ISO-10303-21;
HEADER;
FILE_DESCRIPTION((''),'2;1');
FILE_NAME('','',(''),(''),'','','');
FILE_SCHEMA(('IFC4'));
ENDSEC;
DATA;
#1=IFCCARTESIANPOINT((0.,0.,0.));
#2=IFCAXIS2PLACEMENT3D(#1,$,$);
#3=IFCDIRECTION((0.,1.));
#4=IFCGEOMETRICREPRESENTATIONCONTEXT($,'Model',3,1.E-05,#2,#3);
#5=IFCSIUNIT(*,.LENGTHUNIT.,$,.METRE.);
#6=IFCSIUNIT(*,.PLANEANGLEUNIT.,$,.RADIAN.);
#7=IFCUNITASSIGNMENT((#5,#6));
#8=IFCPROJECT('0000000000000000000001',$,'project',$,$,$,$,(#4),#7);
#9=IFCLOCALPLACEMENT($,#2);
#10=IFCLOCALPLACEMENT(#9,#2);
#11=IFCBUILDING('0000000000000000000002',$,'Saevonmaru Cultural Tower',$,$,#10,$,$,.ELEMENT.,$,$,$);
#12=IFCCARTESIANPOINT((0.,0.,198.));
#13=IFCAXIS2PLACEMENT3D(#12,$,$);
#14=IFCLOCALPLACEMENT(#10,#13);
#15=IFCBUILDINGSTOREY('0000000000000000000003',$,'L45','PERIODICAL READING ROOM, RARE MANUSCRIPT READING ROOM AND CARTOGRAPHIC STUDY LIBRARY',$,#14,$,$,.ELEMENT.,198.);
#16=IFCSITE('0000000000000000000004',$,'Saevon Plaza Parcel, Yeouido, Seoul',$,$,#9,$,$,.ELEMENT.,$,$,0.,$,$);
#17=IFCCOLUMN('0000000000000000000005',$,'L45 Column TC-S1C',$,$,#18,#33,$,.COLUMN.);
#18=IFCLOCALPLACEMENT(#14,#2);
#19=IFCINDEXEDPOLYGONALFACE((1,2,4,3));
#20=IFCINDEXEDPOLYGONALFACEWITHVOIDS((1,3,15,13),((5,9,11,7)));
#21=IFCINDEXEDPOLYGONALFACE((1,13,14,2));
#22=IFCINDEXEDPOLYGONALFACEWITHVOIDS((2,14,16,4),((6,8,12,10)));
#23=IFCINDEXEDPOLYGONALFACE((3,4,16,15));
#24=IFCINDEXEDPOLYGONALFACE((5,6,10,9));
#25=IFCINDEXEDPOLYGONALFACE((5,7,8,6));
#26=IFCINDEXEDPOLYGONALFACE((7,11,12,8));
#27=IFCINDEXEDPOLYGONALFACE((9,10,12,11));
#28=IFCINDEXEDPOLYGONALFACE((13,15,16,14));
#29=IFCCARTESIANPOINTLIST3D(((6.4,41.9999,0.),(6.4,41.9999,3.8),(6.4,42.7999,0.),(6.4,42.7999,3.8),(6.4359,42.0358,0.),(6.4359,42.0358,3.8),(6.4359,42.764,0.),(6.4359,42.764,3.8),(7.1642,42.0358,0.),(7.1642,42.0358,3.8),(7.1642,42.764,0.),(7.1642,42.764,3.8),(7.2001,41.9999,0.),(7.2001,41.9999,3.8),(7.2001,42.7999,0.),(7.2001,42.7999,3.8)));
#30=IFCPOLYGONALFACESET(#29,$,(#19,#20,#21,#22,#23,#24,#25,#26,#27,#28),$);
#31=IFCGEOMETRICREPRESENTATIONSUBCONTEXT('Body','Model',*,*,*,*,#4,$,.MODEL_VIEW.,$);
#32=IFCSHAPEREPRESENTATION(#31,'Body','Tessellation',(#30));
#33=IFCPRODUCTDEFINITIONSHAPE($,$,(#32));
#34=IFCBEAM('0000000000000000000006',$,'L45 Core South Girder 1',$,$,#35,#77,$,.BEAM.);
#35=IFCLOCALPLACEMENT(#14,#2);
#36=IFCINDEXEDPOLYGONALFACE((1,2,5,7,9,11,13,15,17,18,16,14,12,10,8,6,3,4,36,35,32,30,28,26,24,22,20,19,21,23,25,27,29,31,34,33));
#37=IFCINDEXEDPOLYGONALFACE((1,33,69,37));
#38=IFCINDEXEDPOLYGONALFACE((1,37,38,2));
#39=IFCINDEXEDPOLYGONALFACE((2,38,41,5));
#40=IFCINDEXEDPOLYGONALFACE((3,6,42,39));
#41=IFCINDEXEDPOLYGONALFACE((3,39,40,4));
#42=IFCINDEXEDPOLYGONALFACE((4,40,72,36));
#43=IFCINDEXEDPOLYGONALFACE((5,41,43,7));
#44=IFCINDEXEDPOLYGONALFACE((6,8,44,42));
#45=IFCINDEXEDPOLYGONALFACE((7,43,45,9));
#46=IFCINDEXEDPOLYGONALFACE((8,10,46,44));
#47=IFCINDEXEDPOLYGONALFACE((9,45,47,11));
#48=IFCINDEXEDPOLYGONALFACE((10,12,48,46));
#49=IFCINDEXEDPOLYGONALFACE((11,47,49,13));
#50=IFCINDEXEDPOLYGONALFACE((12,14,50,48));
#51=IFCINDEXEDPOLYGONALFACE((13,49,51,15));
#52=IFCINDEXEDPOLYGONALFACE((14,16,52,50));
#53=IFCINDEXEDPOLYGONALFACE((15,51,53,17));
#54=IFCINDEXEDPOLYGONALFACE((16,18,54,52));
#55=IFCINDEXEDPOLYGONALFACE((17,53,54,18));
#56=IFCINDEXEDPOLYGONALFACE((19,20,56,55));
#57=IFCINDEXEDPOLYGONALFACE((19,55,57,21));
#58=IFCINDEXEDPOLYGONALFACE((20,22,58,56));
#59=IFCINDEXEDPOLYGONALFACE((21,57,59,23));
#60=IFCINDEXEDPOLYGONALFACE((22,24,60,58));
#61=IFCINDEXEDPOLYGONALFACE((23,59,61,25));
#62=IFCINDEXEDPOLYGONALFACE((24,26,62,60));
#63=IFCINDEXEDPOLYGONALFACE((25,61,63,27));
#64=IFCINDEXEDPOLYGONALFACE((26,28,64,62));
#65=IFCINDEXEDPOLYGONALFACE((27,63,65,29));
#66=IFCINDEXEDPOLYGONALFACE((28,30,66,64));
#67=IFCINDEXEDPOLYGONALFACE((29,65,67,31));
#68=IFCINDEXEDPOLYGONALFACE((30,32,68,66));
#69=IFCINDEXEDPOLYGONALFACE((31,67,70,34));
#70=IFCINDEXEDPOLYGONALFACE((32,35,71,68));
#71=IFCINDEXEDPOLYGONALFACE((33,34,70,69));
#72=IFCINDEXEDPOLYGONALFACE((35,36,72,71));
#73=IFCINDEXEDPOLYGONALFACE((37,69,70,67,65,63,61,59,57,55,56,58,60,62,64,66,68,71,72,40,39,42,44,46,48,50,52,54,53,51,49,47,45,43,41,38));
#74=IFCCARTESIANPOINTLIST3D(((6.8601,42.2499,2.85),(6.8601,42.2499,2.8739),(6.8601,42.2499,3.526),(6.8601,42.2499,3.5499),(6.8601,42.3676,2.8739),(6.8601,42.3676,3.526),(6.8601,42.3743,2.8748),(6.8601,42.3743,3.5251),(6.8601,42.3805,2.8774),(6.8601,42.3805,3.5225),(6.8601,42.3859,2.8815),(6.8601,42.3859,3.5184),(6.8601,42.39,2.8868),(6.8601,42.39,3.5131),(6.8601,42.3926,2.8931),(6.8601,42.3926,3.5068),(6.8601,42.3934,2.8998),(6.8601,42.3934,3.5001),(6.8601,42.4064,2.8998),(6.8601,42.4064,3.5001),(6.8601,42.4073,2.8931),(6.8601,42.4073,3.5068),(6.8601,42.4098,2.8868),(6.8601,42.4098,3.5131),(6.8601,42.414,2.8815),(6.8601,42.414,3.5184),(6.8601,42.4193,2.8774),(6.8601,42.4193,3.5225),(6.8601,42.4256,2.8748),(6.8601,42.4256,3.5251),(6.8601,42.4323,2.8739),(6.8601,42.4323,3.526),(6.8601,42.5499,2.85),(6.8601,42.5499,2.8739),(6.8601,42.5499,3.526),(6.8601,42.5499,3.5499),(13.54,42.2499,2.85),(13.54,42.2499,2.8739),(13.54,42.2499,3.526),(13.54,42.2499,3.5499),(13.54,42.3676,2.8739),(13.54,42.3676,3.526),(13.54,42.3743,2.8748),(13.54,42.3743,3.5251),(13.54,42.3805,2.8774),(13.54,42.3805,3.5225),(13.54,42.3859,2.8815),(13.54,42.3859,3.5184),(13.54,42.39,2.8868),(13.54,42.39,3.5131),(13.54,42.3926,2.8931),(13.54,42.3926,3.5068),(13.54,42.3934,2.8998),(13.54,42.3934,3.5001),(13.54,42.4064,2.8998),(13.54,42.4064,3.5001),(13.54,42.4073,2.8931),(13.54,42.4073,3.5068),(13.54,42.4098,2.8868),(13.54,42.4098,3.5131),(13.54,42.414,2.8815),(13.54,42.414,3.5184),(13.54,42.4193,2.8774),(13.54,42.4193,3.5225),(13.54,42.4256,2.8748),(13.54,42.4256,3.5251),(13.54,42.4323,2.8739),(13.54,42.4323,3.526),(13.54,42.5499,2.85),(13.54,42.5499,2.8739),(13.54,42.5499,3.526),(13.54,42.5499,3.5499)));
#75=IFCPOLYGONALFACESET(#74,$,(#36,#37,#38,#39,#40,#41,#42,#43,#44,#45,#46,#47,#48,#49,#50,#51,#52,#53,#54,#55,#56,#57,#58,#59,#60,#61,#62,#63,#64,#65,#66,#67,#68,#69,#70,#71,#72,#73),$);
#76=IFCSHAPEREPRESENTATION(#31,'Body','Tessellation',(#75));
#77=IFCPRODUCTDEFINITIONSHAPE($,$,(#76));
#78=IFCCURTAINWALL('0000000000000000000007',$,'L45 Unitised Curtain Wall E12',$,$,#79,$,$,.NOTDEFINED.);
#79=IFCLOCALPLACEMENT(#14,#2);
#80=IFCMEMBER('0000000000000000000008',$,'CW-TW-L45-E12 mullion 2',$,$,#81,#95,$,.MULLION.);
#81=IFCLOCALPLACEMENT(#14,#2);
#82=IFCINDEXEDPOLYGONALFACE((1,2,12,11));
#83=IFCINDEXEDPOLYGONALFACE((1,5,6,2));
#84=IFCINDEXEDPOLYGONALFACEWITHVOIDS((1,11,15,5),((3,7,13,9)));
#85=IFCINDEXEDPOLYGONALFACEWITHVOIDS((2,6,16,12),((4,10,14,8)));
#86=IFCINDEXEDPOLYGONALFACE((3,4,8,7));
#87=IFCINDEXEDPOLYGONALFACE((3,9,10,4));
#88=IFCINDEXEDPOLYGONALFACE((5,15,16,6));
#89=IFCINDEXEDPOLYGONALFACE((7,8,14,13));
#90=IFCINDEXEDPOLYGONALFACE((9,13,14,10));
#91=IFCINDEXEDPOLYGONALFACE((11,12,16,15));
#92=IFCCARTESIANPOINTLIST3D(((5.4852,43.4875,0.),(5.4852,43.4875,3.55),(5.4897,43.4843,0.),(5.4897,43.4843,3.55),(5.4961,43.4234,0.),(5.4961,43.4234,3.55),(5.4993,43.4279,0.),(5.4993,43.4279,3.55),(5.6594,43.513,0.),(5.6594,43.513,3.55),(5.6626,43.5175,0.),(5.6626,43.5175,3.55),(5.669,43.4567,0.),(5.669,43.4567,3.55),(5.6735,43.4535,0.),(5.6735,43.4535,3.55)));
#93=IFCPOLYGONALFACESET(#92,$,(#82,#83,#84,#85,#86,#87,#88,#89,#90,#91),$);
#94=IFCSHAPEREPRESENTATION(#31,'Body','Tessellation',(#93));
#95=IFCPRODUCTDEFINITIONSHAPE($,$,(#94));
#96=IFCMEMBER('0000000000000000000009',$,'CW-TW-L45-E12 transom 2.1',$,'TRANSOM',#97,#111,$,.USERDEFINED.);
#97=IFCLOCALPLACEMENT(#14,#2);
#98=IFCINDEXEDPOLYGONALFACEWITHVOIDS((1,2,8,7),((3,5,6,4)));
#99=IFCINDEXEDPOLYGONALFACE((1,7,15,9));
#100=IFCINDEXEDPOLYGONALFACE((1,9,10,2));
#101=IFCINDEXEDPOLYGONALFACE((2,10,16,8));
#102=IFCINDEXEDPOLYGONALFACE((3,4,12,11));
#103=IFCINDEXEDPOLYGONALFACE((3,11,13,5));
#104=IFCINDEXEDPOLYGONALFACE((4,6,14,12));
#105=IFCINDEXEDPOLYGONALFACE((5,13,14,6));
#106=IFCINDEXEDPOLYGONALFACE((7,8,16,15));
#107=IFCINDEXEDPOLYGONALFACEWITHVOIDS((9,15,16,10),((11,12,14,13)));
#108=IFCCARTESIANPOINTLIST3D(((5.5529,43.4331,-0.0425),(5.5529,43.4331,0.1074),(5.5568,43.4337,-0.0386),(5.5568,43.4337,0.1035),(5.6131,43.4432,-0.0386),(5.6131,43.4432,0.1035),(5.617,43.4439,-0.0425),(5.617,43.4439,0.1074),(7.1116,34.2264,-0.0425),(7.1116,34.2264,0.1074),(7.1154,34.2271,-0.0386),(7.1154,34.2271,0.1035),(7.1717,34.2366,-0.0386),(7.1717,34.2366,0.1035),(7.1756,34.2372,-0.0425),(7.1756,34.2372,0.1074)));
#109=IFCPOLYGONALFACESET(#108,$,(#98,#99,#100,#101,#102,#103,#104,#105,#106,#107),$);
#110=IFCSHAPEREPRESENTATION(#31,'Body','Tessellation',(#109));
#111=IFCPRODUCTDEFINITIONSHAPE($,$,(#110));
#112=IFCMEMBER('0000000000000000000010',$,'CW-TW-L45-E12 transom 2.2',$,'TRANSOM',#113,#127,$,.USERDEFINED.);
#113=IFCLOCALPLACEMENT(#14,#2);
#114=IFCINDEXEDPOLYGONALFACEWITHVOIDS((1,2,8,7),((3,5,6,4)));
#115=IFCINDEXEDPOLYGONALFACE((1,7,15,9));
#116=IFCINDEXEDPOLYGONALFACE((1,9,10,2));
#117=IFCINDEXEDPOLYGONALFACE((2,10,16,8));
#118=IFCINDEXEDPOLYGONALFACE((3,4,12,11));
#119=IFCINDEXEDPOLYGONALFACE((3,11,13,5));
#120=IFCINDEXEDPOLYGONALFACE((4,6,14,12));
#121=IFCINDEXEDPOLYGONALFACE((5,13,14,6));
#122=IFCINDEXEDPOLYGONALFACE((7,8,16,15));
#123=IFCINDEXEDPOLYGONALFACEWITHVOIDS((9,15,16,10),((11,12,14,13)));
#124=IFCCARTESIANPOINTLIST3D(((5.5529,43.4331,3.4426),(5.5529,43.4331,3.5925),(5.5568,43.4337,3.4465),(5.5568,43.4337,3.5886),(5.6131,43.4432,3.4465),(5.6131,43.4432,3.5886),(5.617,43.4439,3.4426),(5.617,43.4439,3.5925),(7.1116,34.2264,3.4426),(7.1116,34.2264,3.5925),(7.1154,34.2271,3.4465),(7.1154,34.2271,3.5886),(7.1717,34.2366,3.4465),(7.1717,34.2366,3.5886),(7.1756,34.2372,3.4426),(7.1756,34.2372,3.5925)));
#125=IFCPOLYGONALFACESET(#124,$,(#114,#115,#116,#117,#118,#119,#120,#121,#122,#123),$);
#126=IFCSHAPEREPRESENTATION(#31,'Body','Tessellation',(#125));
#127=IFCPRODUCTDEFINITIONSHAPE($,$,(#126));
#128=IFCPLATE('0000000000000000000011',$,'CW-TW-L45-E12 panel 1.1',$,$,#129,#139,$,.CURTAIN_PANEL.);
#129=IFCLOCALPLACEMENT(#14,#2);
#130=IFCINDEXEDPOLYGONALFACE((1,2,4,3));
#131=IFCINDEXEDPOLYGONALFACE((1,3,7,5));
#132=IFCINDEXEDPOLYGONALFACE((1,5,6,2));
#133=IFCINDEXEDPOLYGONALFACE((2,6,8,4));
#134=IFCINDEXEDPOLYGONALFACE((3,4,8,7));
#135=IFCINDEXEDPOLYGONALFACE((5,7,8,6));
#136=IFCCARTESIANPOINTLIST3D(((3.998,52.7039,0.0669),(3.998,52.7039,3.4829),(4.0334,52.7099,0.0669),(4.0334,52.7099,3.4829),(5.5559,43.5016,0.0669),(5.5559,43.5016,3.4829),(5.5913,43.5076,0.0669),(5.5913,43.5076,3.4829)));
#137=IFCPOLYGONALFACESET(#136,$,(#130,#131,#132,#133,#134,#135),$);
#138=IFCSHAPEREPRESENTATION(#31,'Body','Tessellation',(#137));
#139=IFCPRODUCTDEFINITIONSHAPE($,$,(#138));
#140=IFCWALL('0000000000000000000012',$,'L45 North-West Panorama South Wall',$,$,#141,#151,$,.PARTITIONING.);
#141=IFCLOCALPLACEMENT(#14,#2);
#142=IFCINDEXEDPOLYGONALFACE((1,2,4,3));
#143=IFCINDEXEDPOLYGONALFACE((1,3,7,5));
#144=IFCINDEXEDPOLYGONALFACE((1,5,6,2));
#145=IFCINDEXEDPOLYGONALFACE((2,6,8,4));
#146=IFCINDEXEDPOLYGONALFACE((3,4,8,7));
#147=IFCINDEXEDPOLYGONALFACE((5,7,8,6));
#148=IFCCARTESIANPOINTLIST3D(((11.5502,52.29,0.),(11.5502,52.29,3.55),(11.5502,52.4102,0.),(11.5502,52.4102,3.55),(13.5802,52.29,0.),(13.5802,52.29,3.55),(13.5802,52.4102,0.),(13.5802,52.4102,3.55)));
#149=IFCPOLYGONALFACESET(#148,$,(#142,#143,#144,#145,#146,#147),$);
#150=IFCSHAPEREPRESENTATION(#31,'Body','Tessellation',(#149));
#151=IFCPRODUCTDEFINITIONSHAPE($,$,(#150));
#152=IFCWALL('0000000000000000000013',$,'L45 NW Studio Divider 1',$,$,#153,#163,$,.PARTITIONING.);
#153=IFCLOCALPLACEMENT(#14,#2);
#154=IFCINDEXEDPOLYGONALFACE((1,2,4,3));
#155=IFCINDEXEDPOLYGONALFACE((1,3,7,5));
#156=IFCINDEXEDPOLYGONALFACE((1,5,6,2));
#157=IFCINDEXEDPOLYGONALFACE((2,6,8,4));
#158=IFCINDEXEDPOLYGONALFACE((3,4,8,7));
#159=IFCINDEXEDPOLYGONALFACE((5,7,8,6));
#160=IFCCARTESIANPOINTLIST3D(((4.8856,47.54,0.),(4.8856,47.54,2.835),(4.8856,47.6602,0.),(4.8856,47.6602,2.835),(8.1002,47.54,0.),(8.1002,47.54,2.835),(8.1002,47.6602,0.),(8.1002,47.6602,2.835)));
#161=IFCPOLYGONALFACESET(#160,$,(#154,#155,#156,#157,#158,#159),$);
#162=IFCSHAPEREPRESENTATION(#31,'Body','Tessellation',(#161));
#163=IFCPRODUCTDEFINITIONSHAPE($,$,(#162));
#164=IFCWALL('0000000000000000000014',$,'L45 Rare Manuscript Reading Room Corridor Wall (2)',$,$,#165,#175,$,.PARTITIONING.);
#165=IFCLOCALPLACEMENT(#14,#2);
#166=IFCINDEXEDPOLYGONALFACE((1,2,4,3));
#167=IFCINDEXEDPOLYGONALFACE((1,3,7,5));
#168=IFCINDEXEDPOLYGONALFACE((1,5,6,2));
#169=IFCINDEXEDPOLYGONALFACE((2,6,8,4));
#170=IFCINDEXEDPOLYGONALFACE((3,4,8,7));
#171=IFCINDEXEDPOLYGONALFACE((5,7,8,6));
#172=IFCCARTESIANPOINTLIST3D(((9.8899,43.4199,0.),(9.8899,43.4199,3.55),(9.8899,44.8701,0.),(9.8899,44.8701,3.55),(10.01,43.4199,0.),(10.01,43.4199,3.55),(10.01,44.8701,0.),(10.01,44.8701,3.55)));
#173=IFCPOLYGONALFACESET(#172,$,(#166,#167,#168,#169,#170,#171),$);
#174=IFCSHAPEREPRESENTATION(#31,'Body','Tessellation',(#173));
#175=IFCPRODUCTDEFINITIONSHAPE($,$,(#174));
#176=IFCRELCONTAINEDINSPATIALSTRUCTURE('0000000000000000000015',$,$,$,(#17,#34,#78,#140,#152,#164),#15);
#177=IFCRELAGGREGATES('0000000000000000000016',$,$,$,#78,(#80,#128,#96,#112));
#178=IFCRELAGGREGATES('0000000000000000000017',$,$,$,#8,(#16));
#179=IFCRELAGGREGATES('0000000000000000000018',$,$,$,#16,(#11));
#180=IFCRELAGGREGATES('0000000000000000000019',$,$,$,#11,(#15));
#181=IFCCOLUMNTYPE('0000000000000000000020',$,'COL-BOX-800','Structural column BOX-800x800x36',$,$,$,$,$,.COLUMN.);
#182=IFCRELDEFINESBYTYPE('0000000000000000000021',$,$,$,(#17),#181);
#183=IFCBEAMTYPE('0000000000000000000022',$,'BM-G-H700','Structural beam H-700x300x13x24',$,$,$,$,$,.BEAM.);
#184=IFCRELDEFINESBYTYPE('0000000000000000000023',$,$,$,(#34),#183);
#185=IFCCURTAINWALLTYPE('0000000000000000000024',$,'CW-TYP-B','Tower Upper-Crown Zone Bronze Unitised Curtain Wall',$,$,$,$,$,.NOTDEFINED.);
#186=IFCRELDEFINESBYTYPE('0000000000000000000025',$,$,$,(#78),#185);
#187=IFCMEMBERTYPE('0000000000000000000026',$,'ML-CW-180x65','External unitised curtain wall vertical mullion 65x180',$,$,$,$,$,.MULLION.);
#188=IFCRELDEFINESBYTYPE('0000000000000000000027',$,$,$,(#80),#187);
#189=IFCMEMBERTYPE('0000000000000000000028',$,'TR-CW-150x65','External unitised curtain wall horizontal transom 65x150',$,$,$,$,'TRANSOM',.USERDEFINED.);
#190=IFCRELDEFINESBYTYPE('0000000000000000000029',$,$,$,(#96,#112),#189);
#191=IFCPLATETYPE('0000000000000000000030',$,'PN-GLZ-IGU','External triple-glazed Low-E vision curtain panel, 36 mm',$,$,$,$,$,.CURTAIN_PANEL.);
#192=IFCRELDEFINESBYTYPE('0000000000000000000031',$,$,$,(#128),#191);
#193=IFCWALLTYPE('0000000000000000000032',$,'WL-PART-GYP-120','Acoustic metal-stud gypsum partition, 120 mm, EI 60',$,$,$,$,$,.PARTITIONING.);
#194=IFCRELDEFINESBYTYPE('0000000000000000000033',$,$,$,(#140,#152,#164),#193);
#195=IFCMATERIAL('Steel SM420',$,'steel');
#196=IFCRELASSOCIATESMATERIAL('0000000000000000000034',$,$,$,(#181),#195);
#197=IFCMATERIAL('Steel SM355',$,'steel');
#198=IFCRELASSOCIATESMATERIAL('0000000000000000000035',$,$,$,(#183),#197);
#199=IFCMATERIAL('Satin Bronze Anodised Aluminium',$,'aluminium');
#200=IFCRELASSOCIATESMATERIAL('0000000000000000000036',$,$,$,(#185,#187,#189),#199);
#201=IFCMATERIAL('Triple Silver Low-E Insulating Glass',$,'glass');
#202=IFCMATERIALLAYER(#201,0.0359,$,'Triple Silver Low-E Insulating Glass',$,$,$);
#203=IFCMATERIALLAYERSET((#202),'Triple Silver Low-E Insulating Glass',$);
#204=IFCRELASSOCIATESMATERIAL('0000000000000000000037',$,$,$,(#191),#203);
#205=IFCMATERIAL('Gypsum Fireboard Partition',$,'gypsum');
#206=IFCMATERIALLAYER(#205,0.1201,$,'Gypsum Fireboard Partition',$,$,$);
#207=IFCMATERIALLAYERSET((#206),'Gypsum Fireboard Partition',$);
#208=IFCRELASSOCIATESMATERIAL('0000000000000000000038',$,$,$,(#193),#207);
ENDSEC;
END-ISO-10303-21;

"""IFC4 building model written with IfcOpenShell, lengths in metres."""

from ifc_helpers import new_model, si_unit, direction, frame, frame_2d, origin, origin_2d, place, context, subcontext, project, spatial, rectangle, hollow_rectangle, i_section, extrude, material, layer, layer_set, material_profile, profile_set, type_object, element, aggregate, save


model = new_model("IFC4")

# Units and contexts
model_context = context("Model", 3, precision=1e-05, world=origin(), true_north=direction((0.0, 1.0)))
body_context = subcontext(model_context, "Body", "Model", "MODEL_VIEW")
ifc_project = project(units=[si_unit("LENGTHUNIT", "METRE"), si_unit("PLANEANGLEUNIT", "RADIAN")], contexts=[model_context])

# Site, building, storey
site_placement = place(None, origin())
site = spatial("IfcSite", under=ifc_project, at=site_placement, Name="Saevon Plaza Parcel, Yeouido, Seoul", CompositionType="ELEMENT", RefElevation=0.0)
building_placement = place(site_placement, origin())
building = spatial("IfcBuilding", under=site, at=building_placement, Name="Saevonmaru Cultural Tower", CompositionType="ELEMENT")
storey_placement = place(building_placement, frame((0.0, 0.0, 198.0)))
storey = spatial("IfcBuildingStorey", under=building, at=storey_placement, Name="L45", Description="PERIODICAL READING ROOM, RARE MANUSCRIPT READING ROOM AND CARTOGRAPHIC STUDY LIBRARY", CompositionType="ELEMENT", Elevation=198.0)

# Column
ifc_material_1 = material(Name="Steel SM420", Category="steel")
ifc_material_profile_1 = material_profile(ifc_material_1, hollow_rectangle(XDim=0.8, YDim=0.8, WallThickness=0.0359, at=origin_2d()), Name="BOX-800x800x36")
ifc_profile_set_1 = profile_set([ifc_material_profile_1], Name="Steel SM420")
column_type = type_object("IfcColumnType", Name="COL-BOX-800", Description="Structural column BOX-800x800x36", PredefinedType="COLUMN", material=ifc_profile_set_1)
column_placement = place(storey_placement, frame((6.8, 42.3999, 0.0), z_axis=(0.0, 0.0, 1.0), x_axis=(1.0, 0.0, 0.0)))
element("IfcColumn", 1, at=column_placement, inside=storey, type_object=column_type, Name="L45 Column TC-S1C", PredefinedType="COLUMN", context=body_context, shape_type="SweptSolid", body=[
    extrude(hollow_rectangle(XDim=0.8, YDim=0.8, WallThickness=0.0359, at=origin_2d()), origin(), (0.0, 0.0, 1.0), 3.8),
])

# Beam
ifc_material_2 = material(Name="Steel SM355", Category="steel")
ifc_material_profile_2 = material_profile(ifc_material_2, i_section(OverallWidth=0.3, OverallDepth=0.7, WebThickness=0.0129, FlangeThickness=0.0239, FilletRadius=0.0259, at=origin_2d()), Name="H-700x300x13x24")
ifc_profile_set_2 = profile_set([ifc_material_profile_2], Name="Steel SM355")
beam_type = type_object("IfcBeamType", Name="BM-G-H700", Description="Structural beam H-700x300x13x24", PredefinedType="BEAM", material=ifc_profile_set_2)
beam_placement = place(storey_placement, frame((6.8601, 42.3999, 3.2), z_axis=(1.0, 0.0, 0.0), x_axis=(0.0, 1.0, 0.0)))
element("IfcBeam", 2, at=beam_placement, inside=storey, type_object=beam_type, Name="L45 Core South Girder 1", PredefinedType="BEAM", context=body_context, shape_type="SweptSolid", body=[
    extrude(i_section(OverallWidth=0.3, OverallDepth=0.7, WebThickness=0.0129, FlangeThickness=0.0239, FilletRadius=0.0259, at=origin_2d()), origin(), (0.0, 0.0, 1.0), 6.6799),
])

# Curtain wall, members, plate
ifc_material_3 = material(Name="Satin Bronze Anodised Aluminium", Category="aluminium")
curtain_wall_type = type_object("IfcCurtainWallType", Name="CW-TYP-B", Description="Tower Upper-Crown Zone Bronze Unitised Curtain Wall", PredefinedType="NOTDEFINED", material=ifc_material_3)
curtain_wall_placement = place(storey_placement, origin())
curtain_wall = element("IfcCurtainWall", 3, at=curtain_wall_placement, inside=storey, type_object=curtain_wall_type, Name="L45 Unitised Curtain Wall E12", PredefinedType="NOTDEFINED")
ifc_material_profile_3 = material_profile(ifc_material_3, hollow_rectangle(XDim=0.0649, YDim=0.1799, WallThickness=0.0039, at=origin_2d()), Name="ALU-MULL-180x65x4")
ifc_profile_set_3 = profile_set([ifc_material_profile_3], Name="Satin Bronze Anodised Aluminium")
member_type_1 = type_object("IfcMemberType", Name="ML-CW-180x65", Description="External unitised curtain wall vertical mullion 65x180", PredefinedType="MULLION", material=ifc_profile_set_3)
member_1_placement = place(storey_placement, frame((5.5793, 43.4705, 0.0), z_axis=(0.0, 0.0, 1.0), x_axis=(0.166922, -0.98597, 0.0)))
member_1 = element("IfcMember", 4, at=member_1_placement, type_object=member_type_1, Name="CW-TW-L45-E12 mullion 2", PredefinedType="MULLION", context=body_context, shape_type="SweptSolid", body=[
    extrude(hollow_rectangle(XDim=0.0649, YDim=0.1799, WallThickness=0.0039, at=origin_2d()), origin(), (0.0, 0.0, 1.0), 3.55),
])
ifc_material_profile_4 = material_profile(ifc_material_3, hollow_rectangle(XDim=0.0649, YDim=0.1499, WallThickness=0.0039, at=origin_2d()), Name="ALU-TRAN-150x65x4")
ifc_profile_set_4 = profile_set([ifc_material_profile_4], Name="Satin Bronze Anodised Aluminium")
member_type_2 = type_object("IfcMemberType", Name="TR-CW-150x65", Description="External unitised curtain wall horizontal transom 65x150", ElementType="TRANSOM", PredefinedType="USERDEFINED", material=ifc_profile_set_4)
member_2_placement = place(storey_placement, frame((5.585, 43.4385, 0.0325), z_axis=(0.166917, -0.985971, 0.0), x_axis=(0.985971, 0.166917, 0.0)))
member_2 = element("IfcMember", 5, at=member_2_placement, type_object=member_type_2, Name="CW-TW-L45-E12 transom 2.1", ObjectType="TRANSOM", PredefinedType="USERDEFINED", context=body_context, shape_type="SweptSolid", body=[
    extrude(hollow_rectangle(XDim=0.0649, YDim=0.1499, WallThickness=0.0039, at=origin_2d()), origin(), (0.0, 0.0, 1.0), 9.3376),
])
member_3_placement = place(storey_placement, frame((5.585, 43.4385, 3.5176), z_axis=(0.166917, -0.985971, 0.0), x_axis=(0.985971, 0.166917, 0.0)))
member_3 = element("IfcMember", 6, at=member_3_placement, type_object=member_type_2, Name="CW-TW-L45-E12 transom 2.2", ObjectType="TRANSOM", PredefinedType="USERDEFINED", context=body_context, shape_type="SweptSolid", body=[
    extrude(hollow_rectangle(XDim=0.0649, YDim=0.1499, WallThickness=0.0039, at=origin_2d()), origin(), (0.0, 0.0, 1.0), 9.3376),
])
ifc_material_4 = material(Name="Triple Silver Low-E Insulating Glass", Category="glass")
ifc_layer_1 = layer(ifc_material_4, 0.0359, Name="Triple Silver Low-E Insulating Glass")
ifc_layer_set_1 = layer_set([ifc_layer_1], Name="Triple Silver Low-E Insulating Glass")
plate_type = type_object("IfcPlateType", Name="PN-GLZ-IGU", Description="External triple-glazed Low-E vision curtain panel, 36 mm", PredefinedType="CURTAIN_PANEL", material=ifc_layer_set_1)
plate_placement = place(storey_placement, frame((4.7947, 48.1057, 0.0669), z_axis=(0.0, 0.0, 1.0), x_axis=(0.166922, -0.98597, 0.0)))
plate = element("IfcPlate", 7, at=plate_placement, type_object=plate_type, Name="CW-TW-L45-E12 panel 1.1", PredefinedType="CURTAIN_PANEL", context=body_context, shape_type="SweptSolid", body=[
    extrude(rectangle(XDim=9.3333, YDim=0.0359, at=origin_2d()), origin(), (0.0, 0.0, 1.0), 3.416),
])
aggregate(curtain_wall, [member_1, plate, member_2, member_3])

# Walls
ifc_material_5 = material(Name="Gypsum Fireboard Partition", Category="gypsum")
ifc_layer_2 = layer(ifc_material_5, 0.1201, Name="Gypsum Fireboard Partition")
ifc_layer_set_2 = layer_set([ifc_layer_2], Name="Gypsum Fireboard Partition")
wall_type_1 = type_object("IfcWallType", Name="WL-PART-GYP-120", Description="Acoustic metal-stud gypsum partition, 120 mm, EI 60", PredefinedType="PARTITIONING", material=ifc_layer_set_2)
wall_1_placement = place(storey_placement, frame((11.55, 52.3501, 0.0), z_axis=(0.0, 0.0, 1.0), x_axis=(1.0, 0.0, 0.0)))
element("IfcWall", 8, at=wall_1_placement, inside=storey, type_object=wall_type_1, Name="L45 North-West Panorama South Wall", PredefinedType="PARTITIONING", context=body_context, shape_type="SweptSolid", body=[
    extrude(rectangle(XDim=2.03, YDim=0.1201, at=frame_2d((1.0151, 0.0))), origin(), (0.0, 0.0, 1.0), 3.55),
])
wall_2_placement = place(storey_placement, frame((4.8855, 47.6001, 0.0), z_axis=(0.0, 0.0, 1.0), x_axis=(1.0, 0.0, 0.0)))
element("IfcWall", 9, at=wall_2_placement, inside=storey, type_object=wall_type_1, Name="L45 NW Studio Divider 1", PredefinedType="PARTITIONING", context=body_context, shape_type="SweptSolid", body=[
    extrude(rectangle(XDim=3.2146, YDim=0.1201, at=frame_2d((1.6074, 0.0))), origin(), (0.0, 0.0, 1.0), 2.835),
])
wall_3_placement = place(storey_placement, frame((9.95, 43.4199, 0.0), z_axis=(0.0, 0.0, 1.0), x_axis=(0.0, 1.0, 0.0)))
element("IfcWall", 10, at=wall_3_placement, inside=storey, type_object=wall_type_1, Name="L45 Rare Manuscript Reading Room Corridor Wall (2)", PredefinedType="PARTITIONING", context=body_context, shape_type="SweptSolid", body=[
    extrude(rectangle(XDim=1.4502, YDim=0.1201, at=frame_2d((0.7251, 0.0))), origin(), (0.0, 0.0, 1.0), 3.55),
])

save(model, "model.ifc")
